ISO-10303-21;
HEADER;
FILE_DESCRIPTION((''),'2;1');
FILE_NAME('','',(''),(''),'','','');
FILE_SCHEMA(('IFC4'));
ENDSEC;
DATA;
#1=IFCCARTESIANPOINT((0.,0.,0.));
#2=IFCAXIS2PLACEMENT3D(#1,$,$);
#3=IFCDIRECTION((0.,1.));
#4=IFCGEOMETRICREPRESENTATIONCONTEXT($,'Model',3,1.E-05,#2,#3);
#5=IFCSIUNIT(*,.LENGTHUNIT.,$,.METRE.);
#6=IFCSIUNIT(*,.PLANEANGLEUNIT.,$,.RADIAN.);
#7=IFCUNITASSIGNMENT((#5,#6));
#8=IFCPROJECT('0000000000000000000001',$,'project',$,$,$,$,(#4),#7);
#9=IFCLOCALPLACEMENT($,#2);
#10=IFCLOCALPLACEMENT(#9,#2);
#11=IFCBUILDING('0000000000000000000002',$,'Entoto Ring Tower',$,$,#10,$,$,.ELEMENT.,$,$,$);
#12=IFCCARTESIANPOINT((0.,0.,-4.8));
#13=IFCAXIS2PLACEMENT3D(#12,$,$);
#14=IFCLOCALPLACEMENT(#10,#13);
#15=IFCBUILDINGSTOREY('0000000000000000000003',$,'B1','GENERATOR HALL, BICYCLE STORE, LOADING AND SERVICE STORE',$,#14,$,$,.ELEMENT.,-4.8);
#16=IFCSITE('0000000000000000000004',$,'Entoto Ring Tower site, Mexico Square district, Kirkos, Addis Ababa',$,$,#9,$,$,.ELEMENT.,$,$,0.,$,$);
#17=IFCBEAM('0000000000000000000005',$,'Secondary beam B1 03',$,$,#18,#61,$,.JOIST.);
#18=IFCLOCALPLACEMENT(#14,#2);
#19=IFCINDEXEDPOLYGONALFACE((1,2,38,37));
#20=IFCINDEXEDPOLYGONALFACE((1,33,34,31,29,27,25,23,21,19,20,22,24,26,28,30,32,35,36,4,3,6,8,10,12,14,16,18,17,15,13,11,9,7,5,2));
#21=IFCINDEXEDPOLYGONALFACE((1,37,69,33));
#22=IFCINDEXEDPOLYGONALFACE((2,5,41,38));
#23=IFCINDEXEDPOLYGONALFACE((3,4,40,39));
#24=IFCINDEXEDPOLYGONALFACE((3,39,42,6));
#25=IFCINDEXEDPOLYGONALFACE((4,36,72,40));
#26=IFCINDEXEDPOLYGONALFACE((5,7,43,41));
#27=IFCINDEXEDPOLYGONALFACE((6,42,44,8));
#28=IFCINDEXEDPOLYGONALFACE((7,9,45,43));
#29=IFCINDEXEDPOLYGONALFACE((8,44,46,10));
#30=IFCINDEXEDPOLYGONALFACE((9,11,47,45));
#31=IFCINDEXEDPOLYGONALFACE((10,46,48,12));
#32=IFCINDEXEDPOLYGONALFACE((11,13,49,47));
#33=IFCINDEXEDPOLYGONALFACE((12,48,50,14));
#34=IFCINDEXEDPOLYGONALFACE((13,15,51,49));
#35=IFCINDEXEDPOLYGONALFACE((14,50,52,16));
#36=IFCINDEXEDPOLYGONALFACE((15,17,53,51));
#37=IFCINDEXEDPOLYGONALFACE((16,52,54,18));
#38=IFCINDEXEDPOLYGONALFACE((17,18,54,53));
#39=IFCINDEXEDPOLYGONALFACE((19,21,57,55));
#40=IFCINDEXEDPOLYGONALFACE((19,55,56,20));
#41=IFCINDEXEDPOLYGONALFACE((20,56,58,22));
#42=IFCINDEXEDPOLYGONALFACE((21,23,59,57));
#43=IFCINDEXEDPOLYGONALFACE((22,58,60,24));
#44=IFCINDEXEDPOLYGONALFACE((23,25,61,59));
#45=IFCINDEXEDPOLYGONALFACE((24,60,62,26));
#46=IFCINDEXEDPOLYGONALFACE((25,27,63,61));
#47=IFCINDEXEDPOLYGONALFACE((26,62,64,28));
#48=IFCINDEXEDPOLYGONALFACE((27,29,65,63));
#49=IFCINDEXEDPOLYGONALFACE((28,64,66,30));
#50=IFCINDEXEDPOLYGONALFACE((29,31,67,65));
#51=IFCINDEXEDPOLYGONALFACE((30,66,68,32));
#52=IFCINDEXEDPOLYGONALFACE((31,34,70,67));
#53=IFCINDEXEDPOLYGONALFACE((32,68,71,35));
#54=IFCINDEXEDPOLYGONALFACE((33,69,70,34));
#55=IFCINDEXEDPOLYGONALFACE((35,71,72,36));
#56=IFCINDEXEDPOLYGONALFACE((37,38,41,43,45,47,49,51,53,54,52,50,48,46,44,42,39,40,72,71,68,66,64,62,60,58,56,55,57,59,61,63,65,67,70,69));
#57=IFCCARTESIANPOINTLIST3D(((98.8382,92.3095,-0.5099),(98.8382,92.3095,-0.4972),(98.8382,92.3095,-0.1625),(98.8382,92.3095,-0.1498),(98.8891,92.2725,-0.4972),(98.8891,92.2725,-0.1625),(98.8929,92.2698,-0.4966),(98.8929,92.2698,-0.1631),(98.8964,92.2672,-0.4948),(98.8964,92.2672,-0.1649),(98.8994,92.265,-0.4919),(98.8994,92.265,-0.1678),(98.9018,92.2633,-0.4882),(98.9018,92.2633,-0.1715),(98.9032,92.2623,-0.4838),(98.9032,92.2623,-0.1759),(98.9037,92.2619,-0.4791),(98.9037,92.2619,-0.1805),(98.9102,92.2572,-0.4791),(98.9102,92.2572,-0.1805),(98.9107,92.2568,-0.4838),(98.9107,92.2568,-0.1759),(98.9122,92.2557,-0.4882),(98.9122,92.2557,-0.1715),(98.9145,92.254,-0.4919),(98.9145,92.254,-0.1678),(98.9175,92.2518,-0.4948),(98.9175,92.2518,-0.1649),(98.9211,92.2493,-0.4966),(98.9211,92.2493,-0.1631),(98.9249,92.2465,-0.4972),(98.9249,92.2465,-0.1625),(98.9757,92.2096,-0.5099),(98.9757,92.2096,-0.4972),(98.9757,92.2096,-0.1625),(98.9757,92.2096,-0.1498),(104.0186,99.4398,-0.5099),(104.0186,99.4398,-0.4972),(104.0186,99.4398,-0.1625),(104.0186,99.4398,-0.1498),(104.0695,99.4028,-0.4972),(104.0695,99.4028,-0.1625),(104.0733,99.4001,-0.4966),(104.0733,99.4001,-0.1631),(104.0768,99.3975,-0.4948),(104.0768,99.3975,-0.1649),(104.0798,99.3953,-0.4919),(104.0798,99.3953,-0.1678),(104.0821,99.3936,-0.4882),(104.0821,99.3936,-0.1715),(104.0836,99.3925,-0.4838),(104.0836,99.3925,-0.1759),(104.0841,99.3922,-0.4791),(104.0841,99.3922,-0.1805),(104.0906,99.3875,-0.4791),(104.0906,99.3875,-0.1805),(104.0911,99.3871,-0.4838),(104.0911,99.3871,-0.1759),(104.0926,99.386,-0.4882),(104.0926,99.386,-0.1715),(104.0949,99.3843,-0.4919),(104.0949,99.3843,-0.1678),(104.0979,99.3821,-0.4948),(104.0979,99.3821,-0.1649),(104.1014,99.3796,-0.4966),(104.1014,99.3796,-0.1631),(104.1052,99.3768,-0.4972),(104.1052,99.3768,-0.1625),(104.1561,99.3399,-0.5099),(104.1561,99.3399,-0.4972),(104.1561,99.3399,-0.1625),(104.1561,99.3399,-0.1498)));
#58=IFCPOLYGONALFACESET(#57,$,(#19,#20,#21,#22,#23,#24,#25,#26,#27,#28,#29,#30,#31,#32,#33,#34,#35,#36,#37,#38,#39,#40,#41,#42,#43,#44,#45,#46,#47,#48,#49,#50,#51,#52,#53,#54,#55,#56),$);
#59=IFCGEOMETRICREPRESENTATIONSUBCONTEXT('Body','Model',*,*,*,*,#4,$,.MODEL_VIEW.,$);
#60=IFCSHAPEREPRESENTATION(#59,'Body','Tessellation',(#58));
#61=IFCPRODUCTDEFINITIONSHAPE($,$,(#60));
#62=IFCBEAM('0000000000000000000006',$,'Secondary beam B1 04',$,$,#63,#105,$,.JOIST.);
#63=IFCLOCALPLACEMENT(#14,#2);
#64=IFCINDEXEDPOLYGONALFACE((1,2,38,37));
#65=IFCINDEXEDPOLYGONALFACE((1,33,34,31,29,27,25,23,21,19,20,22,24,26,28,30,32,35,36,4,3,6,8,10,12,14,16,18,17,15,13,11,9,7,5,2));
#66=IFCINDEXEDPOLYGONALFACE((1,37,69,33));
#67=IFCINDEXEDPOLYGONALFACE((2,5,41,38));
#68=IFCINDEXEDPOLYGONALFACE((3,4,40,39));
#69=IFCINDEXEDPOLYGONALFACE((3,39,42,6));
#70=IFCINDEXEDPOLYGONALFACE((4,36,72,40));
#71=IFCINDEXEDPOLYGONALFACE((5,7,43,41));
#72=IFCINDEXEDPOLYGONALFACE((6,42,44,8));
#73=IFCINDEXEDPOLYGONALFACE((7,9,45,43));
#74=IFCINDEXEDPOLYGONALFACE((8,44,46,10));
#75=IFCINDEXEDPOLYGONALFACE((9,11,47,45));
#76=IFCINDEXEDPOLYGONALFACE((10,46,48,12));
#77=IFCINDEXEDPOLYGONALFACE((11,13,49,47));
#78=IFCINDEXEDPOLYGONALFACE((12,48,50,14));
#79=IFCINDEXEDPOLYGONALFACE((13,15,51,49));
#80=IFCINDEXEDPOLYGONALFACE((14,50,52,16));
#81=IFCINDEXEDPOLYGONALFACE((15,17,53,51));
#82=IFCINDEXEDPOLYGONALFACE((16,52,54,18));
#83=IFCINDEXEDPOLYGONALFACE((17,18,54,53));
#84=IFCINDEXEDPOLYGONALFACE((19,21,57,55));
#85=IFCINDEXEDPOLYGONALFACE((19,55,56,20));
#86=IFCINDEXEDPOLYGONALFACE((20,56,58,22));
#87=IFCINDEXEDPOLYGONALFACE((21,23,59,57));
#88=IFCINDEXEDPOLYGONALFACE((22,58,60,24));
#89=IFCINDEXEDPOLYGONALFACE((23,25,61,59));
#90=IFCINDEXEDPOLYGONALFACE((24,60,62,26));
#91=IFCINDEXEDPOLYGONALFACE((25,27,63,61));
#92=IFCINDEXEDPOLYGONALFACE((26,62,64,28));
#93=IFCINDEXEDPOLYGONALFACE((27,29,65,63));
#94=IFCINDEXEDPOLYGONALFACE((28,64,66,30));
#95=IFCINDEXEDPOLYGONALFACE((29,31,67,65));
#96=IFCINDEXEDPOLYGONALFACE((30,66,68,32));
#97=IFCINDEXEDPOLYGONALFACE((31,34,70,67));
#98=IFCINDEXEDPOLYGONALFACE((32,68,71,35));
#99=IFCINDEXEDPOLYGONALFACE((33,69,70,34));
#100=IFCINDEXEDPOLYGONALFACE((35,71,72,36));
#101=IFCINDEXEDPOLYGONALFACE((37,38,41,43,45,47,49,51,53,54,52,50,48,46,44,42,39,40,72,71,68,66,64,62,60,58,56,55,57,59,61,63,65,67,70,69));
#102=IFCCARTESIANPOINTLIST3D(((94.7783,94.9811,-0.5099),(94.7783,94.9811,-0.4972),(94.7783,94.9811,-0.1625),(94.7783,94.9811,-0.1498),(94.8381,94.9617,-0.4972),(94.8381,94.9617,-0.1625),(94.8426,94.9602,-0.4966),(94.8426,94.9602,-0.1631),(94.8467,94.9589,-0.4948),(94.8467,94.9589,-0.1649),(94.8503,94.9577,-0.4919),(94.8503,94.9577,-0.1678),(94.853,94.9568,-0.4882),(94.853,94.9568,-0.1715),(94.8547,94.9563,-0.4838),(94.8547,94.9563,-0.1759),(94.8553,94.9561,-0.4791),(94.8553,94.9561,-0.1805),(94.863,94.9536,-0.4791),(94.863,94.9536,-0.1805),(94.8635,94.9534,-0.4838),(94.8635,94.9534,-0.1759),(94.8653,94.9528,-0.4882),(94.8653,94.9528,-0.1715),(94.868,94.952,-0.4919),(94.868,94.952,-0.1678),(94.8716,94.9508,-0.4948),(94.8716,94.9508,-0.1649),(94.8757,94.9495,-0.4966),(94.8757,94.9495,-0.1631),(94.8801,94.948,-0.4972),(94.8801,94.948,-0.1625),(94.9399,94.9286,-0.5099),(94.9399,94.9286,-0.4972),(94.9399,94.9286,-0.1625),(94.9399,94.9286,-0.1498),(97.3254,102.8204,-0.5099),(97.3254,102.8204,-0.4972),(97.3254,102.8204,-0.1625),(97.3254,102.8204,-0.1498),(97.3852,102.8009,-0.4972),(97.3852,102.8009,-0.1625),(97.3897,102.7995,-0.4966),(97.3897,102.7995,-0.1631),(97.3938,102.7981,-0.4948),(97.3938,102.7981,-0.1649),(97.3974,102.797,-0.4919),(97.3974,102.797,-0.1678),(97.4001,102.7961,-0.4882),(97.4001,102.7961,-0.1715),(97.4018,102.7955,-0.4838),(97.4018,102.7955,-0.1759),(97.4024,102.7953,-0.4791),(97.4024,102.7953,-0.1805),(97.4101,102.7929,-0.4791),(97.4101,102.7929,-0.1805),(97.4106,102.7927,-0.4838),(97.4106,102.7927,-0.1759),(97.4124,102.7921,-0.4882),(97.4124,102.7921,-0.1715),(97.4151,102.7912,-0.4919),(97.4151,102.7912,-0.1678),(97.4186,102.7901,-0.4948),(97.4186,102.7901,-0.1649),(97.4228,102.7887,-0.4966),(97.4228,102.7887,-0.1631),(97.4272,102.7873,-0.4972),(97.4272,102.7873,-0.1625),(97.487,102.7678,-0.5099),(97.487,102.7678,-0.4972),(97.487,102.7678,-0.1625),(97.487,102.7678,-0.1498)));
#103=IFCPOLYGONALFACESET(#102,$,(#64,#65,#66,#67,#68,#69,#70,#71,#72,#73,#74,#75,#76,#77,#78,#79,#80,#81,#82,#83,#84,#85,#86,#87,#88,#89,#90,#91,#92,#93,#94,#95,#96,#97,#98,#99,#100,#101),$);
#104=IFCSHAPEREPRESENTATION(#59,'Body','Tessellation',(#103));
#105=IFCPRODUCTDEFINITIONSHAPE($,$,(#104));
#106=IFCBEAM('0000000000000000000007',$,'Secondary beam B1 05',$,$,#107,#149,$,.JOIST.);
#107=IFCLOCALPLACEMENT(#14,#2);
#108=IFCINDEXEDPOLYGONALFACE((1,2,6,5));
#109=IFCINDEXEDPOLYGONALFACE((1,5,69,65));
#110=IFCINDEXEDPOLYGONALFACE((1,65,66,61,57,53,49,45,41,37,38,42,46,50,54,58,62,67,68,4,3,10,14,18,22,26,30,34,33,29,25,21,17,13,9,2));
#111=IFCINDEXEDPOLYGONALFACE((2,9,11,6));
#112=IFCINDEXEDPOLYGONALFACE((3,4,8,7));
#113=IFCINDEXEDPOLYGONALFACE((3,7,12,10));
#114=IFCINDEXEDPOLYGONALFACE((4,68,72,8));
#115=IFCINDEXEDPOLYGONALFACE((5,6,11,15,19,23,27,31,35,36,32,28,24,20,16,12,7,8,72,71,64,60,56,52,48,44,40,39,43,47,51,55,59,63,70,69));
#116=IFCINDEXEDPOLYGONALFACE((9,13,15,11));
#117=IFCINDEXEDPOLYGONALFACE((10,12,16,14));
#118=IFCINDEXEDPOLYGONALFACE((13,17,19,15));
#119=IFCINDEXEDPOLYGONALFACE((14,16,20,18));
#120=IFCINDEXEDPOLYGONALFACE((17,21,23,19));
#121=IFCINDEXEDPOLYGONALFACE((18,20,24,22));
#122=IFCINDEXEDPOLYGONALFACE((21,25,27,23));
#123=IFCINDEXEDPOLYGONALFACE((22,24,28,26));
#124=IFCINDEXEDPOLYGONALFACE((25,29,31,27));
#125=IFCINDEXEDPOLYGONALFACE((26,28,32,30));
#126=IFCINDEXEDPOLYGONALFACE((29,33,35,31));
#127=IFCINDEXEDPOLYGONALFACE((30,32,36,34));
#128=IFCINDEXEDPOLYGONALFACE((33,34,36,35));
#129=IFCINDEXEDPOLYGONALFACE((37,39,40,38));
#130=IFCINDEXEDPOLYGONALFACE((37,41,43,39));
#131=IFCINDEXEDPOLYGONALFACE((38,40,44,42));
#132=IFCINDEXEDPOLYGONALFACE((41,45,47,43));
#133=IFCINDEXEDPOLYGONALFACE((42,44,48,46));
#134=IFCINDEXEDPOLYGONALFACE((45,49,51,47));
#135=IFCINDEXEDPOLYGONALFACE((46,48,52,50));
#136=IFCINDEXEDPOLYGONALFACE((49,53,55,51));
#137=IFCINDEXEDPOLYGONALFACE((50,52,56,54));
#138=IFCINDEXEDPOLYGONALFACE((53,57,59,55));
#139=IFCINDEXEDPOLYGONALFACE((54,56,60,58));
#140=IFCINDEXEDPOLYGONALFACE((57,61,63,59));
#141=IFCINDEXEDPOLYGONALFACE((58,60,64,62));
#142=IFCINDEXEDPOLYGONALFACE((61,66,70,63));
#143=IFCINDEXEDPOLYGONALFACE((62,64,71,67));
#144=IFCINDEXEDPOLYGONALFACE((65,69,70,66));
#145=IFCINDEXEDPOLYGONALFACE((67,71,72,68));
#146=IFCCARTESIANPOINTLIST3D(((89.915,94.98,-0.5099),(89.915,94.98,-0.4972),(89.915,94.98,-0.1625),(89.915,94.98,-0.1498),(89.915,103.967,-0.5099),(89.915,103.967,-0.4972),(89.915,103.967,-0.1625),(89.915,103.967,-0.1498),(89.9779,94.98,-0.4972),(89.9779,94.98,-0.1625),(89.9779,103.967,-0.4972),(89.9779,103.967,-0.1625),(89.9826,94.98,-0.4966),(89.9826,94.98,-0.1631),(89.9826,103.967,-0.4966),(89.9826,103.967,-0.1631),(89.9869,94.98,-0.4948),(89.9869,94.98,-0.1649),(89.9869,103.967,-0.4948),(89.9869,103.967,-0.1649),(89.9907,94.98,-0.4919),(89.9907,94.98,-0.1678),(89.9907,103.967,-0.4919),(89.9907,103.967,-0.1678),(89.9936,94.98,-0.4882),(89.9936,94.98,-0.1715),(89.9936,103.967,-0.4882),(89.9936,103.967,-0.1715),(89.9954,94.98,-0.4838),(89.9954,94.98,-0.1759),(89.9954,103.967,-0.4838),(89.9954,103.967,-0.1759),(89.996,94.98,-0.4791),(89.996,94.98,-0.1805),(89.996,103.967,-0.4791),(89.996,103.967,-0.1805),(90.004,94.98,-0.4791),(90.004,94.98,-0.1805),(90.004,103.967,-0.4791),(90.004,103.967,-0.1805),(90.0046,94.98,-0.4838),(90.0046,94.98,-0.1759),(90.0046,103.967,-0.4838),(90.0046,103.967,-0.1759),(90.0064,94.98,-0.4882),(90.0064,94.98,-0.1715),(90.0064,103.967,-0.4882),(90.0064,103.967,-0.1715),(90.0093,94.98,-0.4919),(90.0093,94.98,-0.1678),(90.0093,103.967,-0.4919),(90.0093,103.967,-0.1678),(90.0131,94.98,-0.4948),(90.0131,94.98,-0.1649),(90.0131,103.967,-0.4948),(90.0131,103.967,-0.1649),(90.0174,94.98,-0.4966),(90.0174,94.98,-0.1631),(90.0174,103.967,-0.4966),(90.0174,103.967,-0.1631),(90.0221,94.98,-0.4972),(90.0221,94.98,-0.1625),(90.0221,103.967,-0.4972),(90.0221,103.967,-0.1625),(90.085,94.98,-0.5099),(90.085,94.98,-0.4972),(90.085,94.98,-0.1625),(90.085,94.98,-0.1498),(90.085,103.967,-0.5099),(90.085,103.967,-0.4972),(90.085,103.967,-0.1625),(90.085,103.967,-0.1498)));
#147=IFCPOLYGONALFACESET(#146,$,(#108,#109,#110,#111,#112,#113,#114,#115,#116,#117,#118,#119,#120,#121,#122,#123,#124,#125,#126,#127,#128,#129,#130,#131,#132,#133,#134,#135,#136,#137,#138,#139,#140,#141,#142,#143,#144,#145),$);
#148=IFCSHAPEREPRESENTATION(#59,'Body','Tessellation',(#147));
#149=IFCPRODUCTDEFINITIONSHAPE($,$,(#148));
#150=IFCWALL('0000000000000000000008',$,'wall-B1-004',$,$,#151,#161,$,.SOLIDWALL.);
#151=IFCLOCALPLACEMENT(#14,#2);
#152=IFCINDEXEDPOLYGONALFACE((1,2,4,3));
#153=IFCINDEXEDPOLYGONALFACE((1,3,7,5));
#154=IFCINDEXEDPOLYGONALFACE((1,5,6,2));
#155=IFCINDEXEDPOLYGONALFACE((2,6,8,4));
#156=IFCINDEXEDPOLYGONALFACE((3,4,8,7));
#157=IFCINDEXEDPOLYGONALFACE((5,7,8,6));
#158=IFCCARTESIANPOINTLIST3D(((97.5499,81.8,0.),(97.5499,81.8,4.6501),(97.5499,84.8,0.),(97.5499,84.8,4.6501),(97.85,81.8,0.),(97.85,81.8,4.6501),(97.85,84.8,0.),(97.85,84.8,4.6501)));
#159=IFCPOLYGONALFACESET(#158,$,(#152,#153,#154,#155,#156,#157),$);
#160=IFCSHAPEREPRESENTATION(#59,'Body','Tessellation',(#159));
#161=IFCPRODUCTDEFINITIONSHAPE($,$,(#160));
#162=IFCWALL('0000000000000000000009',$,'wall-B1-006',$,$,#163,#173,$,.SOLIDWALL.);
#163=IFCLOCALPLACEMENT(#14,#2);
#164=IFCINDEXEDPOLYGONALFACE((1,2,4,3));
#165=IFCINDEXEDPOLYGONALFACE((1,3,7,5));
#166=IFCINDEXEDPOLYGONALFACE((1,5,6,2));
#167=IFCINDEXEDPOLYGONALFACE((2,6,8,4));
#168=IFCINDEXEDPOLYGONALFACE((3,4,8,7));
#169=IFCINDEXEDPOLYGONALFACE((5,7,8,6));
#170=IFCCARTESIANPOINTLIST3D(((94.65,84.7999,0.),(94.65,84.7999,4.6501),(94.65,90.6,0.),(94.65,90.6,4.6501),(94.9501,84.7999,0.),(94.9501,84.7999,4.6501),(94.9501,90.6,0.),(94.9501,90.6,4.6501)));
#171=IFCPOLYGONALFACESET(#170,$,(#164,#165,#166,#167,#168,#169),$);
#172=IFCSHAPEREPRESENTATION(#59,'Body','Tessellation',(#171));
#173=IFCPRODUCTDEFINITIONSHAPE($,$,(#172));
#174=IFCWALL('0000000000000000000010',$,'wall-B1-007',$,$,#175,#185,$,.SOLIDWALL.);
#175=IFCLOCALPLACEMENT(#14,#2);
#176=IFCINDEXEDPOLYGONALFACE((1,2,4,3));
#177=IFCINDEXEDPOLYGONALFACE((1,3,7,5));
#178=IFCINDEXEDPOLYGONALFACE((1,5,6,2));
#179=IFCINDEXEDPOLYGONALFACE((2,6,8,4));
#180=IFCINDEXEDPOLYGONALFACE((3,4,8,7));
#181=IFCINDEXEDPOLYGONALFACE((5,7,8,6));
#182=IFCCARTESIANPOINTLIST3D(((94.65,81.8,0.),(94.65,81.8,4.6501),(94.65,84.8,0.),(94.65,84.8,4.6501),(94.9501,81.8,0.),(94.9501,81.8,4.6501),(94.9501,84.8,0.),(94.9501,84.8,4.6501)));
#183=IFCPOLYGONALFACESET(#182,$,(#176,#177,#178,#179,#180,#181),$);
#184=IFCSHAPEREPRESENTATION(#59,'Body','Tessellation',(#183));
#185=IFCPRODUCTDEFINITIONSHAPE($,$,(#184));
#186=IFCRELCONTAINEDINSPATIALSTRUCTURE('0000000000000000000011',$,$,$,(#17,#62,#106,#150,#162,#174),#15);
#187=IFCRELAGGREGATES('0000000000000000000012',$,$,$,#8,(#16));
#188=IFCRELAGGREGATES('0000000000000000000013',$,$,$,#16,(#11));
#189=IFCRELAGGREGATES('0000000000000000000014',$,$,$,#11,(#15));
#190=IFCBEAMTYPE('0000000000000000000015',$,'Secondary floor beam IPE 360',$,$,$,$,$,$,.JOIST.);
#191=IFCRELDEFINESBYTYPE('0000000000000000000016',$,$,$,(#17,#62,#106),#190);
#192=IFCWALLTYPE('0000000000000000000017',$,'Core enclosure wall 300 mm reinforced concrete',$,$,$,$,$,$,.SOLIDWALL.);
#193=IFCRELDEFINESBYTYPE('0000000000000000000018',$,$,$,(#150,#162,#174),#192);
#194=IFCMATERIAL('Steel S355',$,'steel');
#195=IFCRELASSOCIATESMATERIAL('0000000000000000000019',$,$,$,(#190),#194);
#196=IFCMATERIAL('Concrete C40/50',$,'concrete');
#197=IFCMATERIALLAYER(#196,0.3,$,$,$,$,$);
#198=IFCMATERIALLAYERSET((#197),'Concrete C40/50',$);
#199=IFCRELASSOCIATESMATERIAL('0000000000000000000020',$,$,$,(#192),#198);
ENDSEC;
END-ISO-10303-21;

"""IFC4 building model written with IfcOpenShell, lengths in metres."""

from ifc_helpers import new_model, si_unit, direction, frame, frame_2d, origin, origin_2d, place, context, subcontext, project, spatial, rectangle, i_section, extrude, material, layer, layer_set, material_profile, profile_set, type_object, element, save


model = new_model("IFC4")

# Units and contexts
model_context = context("Model", 3, precision=1e-05, world=origin(), true_north=direction((0.0, 1.0)))
body_context = subcontext(model_context, "Body", "Model", "MODEL_VIEW")
ifc_project = project(units=[si_unit("LENGTHUNIT", "METRE"), si_unit("PLANEANGLEUNIT", "RADIAN")], contexts=[model_context])

# Site, building, storey
site_placement = place(None, origin())
site = spatial("IfcSite", under=ifc_project, at=site_placement, Name="Entoto Ring Tower site, Mexico Square district, Kirkos, Addis Ababa", CompositionType="ELEMENT", RefElevation=0.0)
building_placement = place(site_placement, origin())
building = spatial("IfcBuilding", under=site, at=building_placement, Name="Entoto Ring Tower", CompositionType="ELEMENT")
storey_placement = place(building_placement, frame((0.0, 0.0, -4.8)))
storey = spatial("IfcBuildingStorey", under=building, at=storey_placement, Name="B1", Description="GENERATOR HALL, BICYCLE STORE, LOADING AND SERVICE STORE", CompositionType="ELEMENT", Elevation=-4.8)

# Beams
ifc_material_1 = material(Name="Steel S355", Category="steel")
ifc_material_profile_1 = material_profile(ifc_material_1, i_section(OverallWidth=0.1699, OverallDepth=0.3601, WebThickness=0.0081, FlangeThickness=0.0127, FilletRadius=0.0181, at=origin_2d()), Name="IPE 360")
ifc_profile_set_1 = profile_set([ifc_material_profile_1], Name="Steel S355")
beam_type_1 = type_object("IfcBeamType", Name="Secondary floor beam IPE 360", PredefinedType="JOIST", material=ifc_profile_set_1)
beam_1_placement = place(storey_placement, frame((98.907, 92.2595, -0.3298), z_axis=(0.587778, 0.809022, 0.0), x_axis=(-0.809022, 0.587778, 0.0)))
element("IfcBeam", 1, at=beam_1_placement, inside=storey, type_object=beam_type_1, Name="Secondary beam B1 03", PredefinedType="JOIST", context=body_context, shape_type="SweptSolid", body=[
    extrude(i_section(OverallWidth=0.1699, OverallDepth=0.3601, WebThickness=0.0081, FlangeThickness=0.0127, FilletRadius=0.0181, at=origin_2d()), origin(), (0.0, 0.0, 1.0), 8.8135),
])
beam_2_placement = place(storey_placement, frame((94.8591, 94.9548, -0.3298), z_axis=(0.309012, 0.951058, 0.0), x_axis=(-0.951058, 0.309012, 0.0)))
element("IfcBeam", 2, at=beam_2_placement, inside=storey, type_object=beam_type_1, Name="Secondary beam B1 04", PredefinedType="JOIST", context=body_context, shape_type="SweptSolid", body=[
    extrude(i_section(OverallWidth=0.1699, OverallDepth=0.3601, WebThickness=0.0081, FlangeThickness=0.0127, FilletRadius=0.0181, at=origin_2d()), origin(), (0.0, 0.0, 1.0), 8.2427),
])
beam_3_placement = place(storey_placement, frame((90.0, 94.98, -0.3298), z_axis=(0.0, 1.0, 0.0), x_axis=(-1.0, 0.0, 0.0)))
element("IfcBeam", 3, at=beam_3_placement, inside=storey, type_object=beam_type_1, Name="Secondary beam B1 05", PredefinedType="JOIST", context=body_context, shape_type="SweptSolid", body=[
    extrude(i_section(OverallWidth=0.1699, OverallDepth=0.3601, WebThickness=0.0081, FlangeThickness=0.0127, FilletRadius=0.0181, at=origin_2d()), origin(), (0.0, 0.0, 1.0), 8.9871),
])

# Walls
ifc_material_2 = material(Name="Concrete C40/50", Category="concrete")
ifc_layer_1 = layer(ifc_material_2, 0.3)
ifc_layer_set_1 = layer_set([ifc_layer_1], Name="Concrete C40/50")
wall_type_1 = type_object("IfcWallType", Name="Core enclosure wall 300 mm reinforced concrete", PredefinedType="SOLIDWALL", material=ifc_layer_set_1)
wall_1_placement = place(storey_placement, frame((97.7, 81.8, 0.0), z_axis=(0.0, 0.0, 1.0), x_axis=(0.0, 1.0, 0.0)))
element("IfcWall", 4, at=wall_1_placement, inside=storey, type_object=wall_type_1, Name="wall-B1-004", PredefinedType="SOLIDWALL", context=body_context, shape_type="SweptSolid", body=[
    extrude(rectangle(XDim=3.0, YDim=0.3, at=frame_2d((1.5, 0.0))), origin(), (0.0, 0.0, 1.0), 4.6501),
])
wall_2_placement = place(storey_placement, frame((94.8, 84.8, 0.0), z_axis=(0.0, 0.0, 1.0), x_axis=(0.0, 1.0, 0.0)))
element("IfcWall", 5, at=wall_2_placement, inside=storey, type_object=wall_type_1, Name="wall-B1-006", PredefinedType="SOLIDWALL", context=body_context, shape_type="SweptSolid", body=[
    extrude(rectangle(XDim=5.8, YDim=0.3, at=frame_2d((2.8999, 0.0))), origin(), (0.0, 0.0, 1.0), 4.6501),
])
wall_3_placement = place(storey_placement, frame((94.8, 81.8, 0.0), z_axis=(0.0, 0.0, 1.0), x_axis=(0.0, 1.0, 0.0)))
element("IfcWall", 6, at=wall_3_placement, inside=storey, type_object=wall_type_1, Name="wall-B1-007", PredefinedType="SOLIDWALL", context=body_context, shape_type="SweptSolid", body=[
    extrude(rectangle(XDim=3.0, YDim=0.3, at=frame_2d((1.5, 0.0))), origin(), (0.0, 0.0, 1.0), 4.6501),
])

save(model, "model.ifc")
